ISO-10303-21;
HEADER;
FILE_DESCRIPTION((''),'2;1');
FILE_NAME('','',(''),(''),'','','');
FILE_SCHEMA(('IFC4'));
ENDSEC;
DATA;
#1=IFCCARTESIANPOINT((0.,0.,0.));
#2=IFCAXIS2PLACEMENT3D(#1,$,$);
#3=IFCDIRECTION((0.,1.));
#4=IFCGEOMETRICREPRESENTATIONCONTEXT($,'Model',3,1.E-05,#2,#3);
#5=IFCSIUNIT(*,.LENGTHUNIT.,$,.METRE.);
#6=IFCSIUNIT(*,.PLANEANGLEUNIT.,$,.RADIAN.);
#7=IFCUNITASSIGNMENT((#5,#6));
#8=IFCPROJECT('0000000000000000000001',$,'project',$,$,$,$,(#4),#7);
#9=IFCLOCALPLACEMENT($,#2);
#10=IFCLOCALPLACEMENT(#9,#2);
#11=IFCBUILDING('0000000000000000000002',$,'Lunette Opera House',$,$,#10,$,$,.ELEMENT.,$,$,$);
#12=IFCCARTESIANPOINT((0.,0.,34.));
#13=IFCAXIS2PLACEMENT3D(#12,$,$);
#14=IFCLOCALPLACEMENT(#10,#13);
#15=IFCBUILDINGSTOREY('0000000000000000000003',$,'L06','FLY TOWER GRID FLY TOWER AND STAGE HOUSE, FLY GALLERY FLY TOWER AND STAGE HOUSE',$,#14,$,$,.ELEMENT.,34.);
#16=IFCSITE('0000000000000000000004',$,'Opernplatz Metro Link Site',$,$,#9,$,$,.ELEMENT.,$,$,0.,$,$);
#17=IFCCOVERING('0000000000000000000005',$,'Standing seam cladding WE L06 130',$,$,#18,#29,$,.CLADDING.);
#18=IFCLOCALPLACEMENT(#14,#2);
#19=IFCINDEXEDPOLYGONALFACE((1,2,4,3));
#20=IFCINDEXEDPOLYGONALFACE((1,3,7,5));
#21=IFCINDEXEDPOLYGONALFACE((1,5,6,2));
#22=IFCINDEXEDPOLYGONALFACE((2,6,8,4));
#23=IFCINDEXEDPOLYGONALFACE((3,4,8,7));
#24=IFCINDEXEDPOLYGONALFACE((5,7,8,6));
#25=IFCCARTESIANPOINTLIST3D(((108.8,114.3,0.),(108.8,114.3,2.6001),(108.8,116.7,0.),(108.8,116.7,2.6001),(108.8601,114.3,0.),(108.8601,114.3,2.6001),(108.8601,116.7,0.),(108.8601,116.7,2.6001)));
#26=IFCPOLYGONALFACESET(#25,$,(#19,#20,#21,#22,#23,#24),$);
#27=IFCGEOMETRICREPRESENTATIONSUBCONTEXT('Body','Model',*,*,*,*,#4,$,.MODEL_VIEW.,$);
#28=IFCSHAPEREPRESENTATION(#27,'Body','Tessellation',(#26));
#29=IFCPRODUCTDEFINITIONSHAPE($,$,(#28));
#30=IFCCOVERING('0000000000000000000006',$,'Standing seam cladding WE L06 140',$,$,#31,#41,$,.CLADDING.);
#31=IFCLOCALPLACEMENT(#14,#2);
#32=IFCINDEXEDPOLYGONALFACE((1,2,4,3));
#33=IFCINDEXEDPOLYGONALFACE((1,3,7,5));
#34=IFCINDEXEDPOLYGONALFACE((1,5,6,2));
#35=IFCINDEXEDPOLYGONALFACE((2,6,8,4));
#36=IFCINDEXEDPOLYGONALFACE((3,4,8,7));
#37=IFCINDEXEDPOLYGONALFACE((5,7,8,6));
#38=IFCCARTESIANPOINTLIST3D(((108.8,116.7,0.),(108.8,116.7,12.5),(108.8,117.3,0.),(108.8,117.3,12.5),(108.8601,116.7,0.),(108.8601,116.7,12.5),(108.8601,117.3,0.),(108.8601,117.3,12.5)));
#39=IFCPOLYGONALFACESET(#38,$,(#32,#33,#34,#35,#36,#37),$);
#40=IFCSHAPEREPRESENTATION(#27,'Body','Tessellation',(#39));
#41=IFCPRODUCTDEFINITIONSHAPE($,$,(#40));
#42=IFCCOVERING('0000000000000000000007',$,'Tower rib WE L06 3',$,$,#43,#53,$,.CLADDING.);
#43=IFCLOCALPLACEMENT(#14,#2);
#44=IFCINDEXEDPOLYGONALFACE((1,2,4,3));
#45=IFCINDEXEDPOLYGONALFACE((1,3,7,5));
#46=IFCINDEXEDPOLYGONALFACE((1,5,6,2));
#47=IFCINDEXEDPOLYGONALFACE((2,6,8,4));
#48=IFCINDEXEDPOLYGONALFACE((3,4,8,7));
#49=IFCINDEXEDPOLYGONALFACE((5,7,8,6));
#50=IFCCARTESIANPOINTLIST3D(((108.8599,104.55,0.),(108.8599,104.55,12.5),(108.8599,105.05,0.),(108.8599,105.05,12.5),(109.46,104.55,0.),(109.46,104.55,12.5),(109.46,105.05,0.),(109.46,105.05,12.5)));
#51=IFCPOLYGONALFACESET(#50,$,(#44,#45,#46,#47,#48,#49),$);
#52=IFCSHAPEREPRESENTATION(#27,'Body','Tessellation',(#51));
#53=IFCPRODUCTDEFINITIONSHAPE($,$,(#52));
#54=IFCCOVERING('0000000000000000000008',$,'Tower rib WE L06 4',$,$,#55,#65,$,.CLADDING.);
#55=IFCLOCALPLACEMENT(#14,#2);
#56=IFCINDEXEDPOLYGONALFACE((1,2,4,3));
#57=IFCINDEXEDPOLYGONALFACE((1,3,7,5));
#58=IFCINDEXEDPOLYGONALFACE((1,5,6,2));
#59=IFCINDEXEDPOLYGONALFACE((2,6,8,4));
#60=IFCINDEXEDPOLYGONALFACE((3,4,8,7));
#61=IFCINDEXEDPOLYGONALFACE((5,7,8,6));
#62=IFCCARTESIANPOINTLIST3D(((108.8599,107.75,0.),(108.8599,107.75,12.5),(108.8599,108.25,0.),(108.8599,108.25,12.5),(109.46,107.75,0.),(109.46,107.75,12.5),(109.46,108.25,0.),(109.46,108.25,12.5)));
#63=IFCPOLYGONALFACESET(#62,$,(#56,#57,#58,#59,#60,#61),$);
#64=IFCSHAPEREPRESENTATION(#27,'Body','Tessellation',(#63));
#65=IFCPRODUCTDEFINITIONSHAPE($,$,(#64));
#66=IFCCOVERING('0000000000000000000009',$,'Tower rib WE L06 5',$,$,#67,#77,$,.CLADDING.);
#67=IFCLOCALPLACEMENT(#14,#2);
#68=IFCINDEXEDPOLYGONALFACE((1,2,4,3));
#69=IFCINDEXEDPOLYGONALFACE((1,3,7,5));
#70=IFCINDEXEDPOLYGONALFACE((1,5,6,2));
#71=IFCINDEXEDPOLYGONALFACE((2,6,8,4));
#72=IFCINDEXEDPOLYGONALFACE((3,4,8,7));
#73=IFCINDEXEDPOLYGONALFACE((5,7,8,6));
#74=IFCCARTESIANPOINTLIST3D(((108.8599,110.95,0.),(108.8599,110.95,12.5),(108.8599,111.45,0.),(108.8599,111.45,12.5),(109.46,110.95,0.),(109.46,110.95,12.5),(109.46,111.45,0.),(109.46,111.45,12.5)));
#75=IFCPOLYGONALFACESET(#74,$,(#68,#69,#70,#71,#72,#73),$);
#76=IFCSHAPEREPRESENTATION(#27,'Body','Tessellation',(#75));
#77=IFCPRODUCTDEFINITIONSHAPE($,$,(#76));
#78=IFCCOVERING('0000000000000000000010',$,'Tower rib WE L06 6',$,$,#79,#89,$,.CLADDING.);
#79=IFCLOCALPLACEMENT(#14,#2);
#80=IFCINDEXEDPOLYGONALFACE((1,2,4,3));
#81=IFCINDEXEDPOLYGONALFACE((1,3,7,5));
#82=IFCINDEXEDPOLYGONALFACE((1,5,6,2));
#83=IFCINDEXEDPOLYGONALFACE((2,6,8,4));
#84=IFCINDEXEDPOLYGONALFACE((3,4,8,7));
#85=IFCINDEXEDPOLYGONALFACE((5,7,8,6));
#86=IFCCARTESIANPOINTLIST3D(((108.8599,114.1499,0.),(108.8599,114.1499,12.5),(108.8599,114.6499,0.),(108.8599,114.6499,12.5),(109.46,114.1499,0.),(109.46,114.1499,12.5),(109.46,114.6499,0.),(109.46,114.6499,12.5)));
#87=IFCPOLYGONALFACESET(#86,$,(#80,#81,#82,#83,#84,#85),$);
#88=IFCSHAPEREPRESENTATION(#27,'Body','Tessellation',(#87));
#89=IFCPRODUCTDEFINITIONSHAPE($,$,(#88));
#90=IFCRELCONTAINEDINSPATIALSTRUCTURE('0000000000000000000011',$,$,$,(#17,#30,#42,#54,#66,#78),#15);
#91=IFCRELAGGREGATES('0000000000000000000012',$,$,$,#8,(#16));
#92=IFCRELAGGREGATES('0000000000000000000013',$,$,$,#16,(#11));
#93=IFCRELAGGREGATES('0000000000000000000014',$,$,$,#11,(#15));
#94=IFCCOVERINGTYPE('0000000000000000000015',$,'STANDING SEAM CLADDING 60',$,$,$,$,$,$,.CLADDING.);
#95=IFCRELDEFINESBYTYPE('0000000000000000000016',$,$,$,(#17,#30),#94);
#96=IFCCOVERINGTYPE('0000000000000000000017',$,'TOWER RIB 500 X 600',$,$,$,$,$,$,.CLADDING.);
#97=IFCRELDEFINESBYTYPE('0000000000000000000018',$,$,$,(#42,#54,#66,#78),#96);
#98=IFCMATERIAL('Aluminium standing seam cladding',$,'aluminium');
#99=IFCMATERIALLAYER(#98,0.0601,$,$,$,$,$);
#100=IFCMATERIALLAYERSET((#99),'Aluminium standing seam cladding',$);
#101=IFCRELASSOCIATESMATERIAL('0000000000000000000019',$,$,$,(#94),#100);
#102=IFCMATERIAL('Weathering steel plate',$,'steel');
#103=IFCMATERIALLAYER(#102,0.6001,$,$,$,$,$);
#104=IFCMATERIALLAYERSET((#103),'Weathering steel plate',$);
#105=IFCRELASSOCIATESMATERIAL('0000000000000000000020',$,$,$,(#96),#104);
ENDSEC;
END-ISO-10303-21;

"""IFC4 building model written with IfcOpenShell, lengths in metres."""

from ifc_helpers import new_model, si_unit, direction, frame, origin, origin_2d, place, context, subcontext, project, spatial, rectangle, extrude, material, layer, layer_set, type_object, element, save


model = new_model("IFC4")

# Units and contexts
model_context = context("Model", 3, precision=1e-05, world=origin(), true_north=direction((0.0, 1.0)))
body_context = subcontext(model_context, "Body", "Model", "MODEL_VIEW")
ifc_project = project(units=[si_unit("LENGTHUNIT", "METRE"), si_unit("PLANEANGLEUNIT", "RADIAN")], contexts=[model_context])

# Site, building, storey
site_placement = place(None, origin())
site = spatial("IfcSite", under=ifc_project, at=site_placement, Name="Opernplatz Metro Link Site", CompositionType="ELEMENT", RefElevation=0.0)
building_placement = place(site_placement, origin())
building = spatial("IfcBuilding", under=site, at=building_placement, Name="Lunette Opera House", CompositionType="ELEMENT")
storey_placement = place(building_placement, frame((0.0, 0.0, 34.0)))
storey = spatial("IfcBuildingStorey", under=building, at=storey_placement, Name="L06", Description="FLY TOWER GRID FLY TOWER AND STAGE HOUSE, FLY GALLERY FLY TOWER AND STAGE HOUSE", CompositionType="ELEMENT", Elevation=34.0)

# Coverings
ifc_material_1 = material(Name="Aluminium standing seam cladding", Category="aluminium")
ifc_layer_1 = layer(ifc_material_1, 0.0601)
ifc_layer_set_1 = layer_set([ifc_layer_1], Name="Aluminium standing seam cladding")
covering_type_1 = type_object("IfcCoveringType", Name="STANDING SEAM CLADDING 60", PredefinedType="CLADDING", material=ifc_layer_set_1)
covering_1_placement = place(storey_placement, frame((108.8301, 115.5, 0.0), z_axis=(0.0, 0.0, 1.0), x_axis=(0.0, 1.0, 0.0)))
element("IfcCovering", 1, at=covering_1_placement, inside=storey, type_object=covering_type_1, Name="Standing seam cladding WE L06 130", PredefinedType="CLADDING", context=body_context, shape_type="SweptSolid", body=[
    extrude(rectangle(XDim=2.3999, YDim=0.0601, at=origin_2d()), origin(), (0.0, 0.0, 1.0), 2.6001),
])
covering_2_placement = place(storey_placement, frame((108.8301, 117.0, 0.0), z_axis=(0.0, 0.0, 1.0), x_axis=(0.0, 1.0, 0.0)))
element("IfcCovering", 2, at=covering_2_placement, inside=storey, type_object=covering_type_1, Name="Standing seam cladding WE L06 140", PredefinedType="CLADDING", context=body_context, shape_type="SweptSolid", body=[
    extrude(rectangle(XDim=0.6001, YDim=0.0601, at=origin_2d()), origin(), (0.0, 0.0, 1.0), 12.5),
])
ifc_material_2 = material(Name="Weathering steel plate", Category="steel")
ifc_layer_2 = layer(ifc_material_2, 0.6001)
ifc_layer_set_2 = layer_set([ifc_layer_2], Name="Weathering steel plate")
covering_type_2 = type_object("IfcCoveringType", Name="TOWER RIB 500 X 600", PredefinedType="CLADDING", material=ifc_layer_set_2)
for number, where, z_axis, x_axis, name in (
    (3, (109.1599, 104.8, 0.0), (0.0, 0.0, 1.0), (0.0, 1.0, 0.0), "Tower rib WE L06 3"),
    (4, (109.1599, 108.0, 0.0), (0.0, 0.0, 1.0), (0.0, 1.0, 0.0), "Tower rib WE L06 4"),
    (5, (109.1599, 111.2, 0.0), (0.0, 0.0, 1.0), (0.0, 1.0, 0.0), "Tower rib WE L06 5"),
    (6, (109.1599, 114.3999, 0.0), (0.0, 0.0, 1.0), (0.0, 1.0, 0.0), "Tower rib WE L06 6"),
):
    element("IfcCovering", number, at=place(storey_placement, frame(where, z_axis=z_axis, x_axis=x_axis)), inside=storey, type_object=covering_type_2, Name=name, PredefinedType="CLADDING", context=body_context, shape_type="SweptSolid", body=[
        extrude(rectangle(XDim=0.5, YDim=0.6001, at=origin_2d()), origin(), (0.0, 0.0, 1.0), 12.5),
    ])

save(model, "model.ifc")
